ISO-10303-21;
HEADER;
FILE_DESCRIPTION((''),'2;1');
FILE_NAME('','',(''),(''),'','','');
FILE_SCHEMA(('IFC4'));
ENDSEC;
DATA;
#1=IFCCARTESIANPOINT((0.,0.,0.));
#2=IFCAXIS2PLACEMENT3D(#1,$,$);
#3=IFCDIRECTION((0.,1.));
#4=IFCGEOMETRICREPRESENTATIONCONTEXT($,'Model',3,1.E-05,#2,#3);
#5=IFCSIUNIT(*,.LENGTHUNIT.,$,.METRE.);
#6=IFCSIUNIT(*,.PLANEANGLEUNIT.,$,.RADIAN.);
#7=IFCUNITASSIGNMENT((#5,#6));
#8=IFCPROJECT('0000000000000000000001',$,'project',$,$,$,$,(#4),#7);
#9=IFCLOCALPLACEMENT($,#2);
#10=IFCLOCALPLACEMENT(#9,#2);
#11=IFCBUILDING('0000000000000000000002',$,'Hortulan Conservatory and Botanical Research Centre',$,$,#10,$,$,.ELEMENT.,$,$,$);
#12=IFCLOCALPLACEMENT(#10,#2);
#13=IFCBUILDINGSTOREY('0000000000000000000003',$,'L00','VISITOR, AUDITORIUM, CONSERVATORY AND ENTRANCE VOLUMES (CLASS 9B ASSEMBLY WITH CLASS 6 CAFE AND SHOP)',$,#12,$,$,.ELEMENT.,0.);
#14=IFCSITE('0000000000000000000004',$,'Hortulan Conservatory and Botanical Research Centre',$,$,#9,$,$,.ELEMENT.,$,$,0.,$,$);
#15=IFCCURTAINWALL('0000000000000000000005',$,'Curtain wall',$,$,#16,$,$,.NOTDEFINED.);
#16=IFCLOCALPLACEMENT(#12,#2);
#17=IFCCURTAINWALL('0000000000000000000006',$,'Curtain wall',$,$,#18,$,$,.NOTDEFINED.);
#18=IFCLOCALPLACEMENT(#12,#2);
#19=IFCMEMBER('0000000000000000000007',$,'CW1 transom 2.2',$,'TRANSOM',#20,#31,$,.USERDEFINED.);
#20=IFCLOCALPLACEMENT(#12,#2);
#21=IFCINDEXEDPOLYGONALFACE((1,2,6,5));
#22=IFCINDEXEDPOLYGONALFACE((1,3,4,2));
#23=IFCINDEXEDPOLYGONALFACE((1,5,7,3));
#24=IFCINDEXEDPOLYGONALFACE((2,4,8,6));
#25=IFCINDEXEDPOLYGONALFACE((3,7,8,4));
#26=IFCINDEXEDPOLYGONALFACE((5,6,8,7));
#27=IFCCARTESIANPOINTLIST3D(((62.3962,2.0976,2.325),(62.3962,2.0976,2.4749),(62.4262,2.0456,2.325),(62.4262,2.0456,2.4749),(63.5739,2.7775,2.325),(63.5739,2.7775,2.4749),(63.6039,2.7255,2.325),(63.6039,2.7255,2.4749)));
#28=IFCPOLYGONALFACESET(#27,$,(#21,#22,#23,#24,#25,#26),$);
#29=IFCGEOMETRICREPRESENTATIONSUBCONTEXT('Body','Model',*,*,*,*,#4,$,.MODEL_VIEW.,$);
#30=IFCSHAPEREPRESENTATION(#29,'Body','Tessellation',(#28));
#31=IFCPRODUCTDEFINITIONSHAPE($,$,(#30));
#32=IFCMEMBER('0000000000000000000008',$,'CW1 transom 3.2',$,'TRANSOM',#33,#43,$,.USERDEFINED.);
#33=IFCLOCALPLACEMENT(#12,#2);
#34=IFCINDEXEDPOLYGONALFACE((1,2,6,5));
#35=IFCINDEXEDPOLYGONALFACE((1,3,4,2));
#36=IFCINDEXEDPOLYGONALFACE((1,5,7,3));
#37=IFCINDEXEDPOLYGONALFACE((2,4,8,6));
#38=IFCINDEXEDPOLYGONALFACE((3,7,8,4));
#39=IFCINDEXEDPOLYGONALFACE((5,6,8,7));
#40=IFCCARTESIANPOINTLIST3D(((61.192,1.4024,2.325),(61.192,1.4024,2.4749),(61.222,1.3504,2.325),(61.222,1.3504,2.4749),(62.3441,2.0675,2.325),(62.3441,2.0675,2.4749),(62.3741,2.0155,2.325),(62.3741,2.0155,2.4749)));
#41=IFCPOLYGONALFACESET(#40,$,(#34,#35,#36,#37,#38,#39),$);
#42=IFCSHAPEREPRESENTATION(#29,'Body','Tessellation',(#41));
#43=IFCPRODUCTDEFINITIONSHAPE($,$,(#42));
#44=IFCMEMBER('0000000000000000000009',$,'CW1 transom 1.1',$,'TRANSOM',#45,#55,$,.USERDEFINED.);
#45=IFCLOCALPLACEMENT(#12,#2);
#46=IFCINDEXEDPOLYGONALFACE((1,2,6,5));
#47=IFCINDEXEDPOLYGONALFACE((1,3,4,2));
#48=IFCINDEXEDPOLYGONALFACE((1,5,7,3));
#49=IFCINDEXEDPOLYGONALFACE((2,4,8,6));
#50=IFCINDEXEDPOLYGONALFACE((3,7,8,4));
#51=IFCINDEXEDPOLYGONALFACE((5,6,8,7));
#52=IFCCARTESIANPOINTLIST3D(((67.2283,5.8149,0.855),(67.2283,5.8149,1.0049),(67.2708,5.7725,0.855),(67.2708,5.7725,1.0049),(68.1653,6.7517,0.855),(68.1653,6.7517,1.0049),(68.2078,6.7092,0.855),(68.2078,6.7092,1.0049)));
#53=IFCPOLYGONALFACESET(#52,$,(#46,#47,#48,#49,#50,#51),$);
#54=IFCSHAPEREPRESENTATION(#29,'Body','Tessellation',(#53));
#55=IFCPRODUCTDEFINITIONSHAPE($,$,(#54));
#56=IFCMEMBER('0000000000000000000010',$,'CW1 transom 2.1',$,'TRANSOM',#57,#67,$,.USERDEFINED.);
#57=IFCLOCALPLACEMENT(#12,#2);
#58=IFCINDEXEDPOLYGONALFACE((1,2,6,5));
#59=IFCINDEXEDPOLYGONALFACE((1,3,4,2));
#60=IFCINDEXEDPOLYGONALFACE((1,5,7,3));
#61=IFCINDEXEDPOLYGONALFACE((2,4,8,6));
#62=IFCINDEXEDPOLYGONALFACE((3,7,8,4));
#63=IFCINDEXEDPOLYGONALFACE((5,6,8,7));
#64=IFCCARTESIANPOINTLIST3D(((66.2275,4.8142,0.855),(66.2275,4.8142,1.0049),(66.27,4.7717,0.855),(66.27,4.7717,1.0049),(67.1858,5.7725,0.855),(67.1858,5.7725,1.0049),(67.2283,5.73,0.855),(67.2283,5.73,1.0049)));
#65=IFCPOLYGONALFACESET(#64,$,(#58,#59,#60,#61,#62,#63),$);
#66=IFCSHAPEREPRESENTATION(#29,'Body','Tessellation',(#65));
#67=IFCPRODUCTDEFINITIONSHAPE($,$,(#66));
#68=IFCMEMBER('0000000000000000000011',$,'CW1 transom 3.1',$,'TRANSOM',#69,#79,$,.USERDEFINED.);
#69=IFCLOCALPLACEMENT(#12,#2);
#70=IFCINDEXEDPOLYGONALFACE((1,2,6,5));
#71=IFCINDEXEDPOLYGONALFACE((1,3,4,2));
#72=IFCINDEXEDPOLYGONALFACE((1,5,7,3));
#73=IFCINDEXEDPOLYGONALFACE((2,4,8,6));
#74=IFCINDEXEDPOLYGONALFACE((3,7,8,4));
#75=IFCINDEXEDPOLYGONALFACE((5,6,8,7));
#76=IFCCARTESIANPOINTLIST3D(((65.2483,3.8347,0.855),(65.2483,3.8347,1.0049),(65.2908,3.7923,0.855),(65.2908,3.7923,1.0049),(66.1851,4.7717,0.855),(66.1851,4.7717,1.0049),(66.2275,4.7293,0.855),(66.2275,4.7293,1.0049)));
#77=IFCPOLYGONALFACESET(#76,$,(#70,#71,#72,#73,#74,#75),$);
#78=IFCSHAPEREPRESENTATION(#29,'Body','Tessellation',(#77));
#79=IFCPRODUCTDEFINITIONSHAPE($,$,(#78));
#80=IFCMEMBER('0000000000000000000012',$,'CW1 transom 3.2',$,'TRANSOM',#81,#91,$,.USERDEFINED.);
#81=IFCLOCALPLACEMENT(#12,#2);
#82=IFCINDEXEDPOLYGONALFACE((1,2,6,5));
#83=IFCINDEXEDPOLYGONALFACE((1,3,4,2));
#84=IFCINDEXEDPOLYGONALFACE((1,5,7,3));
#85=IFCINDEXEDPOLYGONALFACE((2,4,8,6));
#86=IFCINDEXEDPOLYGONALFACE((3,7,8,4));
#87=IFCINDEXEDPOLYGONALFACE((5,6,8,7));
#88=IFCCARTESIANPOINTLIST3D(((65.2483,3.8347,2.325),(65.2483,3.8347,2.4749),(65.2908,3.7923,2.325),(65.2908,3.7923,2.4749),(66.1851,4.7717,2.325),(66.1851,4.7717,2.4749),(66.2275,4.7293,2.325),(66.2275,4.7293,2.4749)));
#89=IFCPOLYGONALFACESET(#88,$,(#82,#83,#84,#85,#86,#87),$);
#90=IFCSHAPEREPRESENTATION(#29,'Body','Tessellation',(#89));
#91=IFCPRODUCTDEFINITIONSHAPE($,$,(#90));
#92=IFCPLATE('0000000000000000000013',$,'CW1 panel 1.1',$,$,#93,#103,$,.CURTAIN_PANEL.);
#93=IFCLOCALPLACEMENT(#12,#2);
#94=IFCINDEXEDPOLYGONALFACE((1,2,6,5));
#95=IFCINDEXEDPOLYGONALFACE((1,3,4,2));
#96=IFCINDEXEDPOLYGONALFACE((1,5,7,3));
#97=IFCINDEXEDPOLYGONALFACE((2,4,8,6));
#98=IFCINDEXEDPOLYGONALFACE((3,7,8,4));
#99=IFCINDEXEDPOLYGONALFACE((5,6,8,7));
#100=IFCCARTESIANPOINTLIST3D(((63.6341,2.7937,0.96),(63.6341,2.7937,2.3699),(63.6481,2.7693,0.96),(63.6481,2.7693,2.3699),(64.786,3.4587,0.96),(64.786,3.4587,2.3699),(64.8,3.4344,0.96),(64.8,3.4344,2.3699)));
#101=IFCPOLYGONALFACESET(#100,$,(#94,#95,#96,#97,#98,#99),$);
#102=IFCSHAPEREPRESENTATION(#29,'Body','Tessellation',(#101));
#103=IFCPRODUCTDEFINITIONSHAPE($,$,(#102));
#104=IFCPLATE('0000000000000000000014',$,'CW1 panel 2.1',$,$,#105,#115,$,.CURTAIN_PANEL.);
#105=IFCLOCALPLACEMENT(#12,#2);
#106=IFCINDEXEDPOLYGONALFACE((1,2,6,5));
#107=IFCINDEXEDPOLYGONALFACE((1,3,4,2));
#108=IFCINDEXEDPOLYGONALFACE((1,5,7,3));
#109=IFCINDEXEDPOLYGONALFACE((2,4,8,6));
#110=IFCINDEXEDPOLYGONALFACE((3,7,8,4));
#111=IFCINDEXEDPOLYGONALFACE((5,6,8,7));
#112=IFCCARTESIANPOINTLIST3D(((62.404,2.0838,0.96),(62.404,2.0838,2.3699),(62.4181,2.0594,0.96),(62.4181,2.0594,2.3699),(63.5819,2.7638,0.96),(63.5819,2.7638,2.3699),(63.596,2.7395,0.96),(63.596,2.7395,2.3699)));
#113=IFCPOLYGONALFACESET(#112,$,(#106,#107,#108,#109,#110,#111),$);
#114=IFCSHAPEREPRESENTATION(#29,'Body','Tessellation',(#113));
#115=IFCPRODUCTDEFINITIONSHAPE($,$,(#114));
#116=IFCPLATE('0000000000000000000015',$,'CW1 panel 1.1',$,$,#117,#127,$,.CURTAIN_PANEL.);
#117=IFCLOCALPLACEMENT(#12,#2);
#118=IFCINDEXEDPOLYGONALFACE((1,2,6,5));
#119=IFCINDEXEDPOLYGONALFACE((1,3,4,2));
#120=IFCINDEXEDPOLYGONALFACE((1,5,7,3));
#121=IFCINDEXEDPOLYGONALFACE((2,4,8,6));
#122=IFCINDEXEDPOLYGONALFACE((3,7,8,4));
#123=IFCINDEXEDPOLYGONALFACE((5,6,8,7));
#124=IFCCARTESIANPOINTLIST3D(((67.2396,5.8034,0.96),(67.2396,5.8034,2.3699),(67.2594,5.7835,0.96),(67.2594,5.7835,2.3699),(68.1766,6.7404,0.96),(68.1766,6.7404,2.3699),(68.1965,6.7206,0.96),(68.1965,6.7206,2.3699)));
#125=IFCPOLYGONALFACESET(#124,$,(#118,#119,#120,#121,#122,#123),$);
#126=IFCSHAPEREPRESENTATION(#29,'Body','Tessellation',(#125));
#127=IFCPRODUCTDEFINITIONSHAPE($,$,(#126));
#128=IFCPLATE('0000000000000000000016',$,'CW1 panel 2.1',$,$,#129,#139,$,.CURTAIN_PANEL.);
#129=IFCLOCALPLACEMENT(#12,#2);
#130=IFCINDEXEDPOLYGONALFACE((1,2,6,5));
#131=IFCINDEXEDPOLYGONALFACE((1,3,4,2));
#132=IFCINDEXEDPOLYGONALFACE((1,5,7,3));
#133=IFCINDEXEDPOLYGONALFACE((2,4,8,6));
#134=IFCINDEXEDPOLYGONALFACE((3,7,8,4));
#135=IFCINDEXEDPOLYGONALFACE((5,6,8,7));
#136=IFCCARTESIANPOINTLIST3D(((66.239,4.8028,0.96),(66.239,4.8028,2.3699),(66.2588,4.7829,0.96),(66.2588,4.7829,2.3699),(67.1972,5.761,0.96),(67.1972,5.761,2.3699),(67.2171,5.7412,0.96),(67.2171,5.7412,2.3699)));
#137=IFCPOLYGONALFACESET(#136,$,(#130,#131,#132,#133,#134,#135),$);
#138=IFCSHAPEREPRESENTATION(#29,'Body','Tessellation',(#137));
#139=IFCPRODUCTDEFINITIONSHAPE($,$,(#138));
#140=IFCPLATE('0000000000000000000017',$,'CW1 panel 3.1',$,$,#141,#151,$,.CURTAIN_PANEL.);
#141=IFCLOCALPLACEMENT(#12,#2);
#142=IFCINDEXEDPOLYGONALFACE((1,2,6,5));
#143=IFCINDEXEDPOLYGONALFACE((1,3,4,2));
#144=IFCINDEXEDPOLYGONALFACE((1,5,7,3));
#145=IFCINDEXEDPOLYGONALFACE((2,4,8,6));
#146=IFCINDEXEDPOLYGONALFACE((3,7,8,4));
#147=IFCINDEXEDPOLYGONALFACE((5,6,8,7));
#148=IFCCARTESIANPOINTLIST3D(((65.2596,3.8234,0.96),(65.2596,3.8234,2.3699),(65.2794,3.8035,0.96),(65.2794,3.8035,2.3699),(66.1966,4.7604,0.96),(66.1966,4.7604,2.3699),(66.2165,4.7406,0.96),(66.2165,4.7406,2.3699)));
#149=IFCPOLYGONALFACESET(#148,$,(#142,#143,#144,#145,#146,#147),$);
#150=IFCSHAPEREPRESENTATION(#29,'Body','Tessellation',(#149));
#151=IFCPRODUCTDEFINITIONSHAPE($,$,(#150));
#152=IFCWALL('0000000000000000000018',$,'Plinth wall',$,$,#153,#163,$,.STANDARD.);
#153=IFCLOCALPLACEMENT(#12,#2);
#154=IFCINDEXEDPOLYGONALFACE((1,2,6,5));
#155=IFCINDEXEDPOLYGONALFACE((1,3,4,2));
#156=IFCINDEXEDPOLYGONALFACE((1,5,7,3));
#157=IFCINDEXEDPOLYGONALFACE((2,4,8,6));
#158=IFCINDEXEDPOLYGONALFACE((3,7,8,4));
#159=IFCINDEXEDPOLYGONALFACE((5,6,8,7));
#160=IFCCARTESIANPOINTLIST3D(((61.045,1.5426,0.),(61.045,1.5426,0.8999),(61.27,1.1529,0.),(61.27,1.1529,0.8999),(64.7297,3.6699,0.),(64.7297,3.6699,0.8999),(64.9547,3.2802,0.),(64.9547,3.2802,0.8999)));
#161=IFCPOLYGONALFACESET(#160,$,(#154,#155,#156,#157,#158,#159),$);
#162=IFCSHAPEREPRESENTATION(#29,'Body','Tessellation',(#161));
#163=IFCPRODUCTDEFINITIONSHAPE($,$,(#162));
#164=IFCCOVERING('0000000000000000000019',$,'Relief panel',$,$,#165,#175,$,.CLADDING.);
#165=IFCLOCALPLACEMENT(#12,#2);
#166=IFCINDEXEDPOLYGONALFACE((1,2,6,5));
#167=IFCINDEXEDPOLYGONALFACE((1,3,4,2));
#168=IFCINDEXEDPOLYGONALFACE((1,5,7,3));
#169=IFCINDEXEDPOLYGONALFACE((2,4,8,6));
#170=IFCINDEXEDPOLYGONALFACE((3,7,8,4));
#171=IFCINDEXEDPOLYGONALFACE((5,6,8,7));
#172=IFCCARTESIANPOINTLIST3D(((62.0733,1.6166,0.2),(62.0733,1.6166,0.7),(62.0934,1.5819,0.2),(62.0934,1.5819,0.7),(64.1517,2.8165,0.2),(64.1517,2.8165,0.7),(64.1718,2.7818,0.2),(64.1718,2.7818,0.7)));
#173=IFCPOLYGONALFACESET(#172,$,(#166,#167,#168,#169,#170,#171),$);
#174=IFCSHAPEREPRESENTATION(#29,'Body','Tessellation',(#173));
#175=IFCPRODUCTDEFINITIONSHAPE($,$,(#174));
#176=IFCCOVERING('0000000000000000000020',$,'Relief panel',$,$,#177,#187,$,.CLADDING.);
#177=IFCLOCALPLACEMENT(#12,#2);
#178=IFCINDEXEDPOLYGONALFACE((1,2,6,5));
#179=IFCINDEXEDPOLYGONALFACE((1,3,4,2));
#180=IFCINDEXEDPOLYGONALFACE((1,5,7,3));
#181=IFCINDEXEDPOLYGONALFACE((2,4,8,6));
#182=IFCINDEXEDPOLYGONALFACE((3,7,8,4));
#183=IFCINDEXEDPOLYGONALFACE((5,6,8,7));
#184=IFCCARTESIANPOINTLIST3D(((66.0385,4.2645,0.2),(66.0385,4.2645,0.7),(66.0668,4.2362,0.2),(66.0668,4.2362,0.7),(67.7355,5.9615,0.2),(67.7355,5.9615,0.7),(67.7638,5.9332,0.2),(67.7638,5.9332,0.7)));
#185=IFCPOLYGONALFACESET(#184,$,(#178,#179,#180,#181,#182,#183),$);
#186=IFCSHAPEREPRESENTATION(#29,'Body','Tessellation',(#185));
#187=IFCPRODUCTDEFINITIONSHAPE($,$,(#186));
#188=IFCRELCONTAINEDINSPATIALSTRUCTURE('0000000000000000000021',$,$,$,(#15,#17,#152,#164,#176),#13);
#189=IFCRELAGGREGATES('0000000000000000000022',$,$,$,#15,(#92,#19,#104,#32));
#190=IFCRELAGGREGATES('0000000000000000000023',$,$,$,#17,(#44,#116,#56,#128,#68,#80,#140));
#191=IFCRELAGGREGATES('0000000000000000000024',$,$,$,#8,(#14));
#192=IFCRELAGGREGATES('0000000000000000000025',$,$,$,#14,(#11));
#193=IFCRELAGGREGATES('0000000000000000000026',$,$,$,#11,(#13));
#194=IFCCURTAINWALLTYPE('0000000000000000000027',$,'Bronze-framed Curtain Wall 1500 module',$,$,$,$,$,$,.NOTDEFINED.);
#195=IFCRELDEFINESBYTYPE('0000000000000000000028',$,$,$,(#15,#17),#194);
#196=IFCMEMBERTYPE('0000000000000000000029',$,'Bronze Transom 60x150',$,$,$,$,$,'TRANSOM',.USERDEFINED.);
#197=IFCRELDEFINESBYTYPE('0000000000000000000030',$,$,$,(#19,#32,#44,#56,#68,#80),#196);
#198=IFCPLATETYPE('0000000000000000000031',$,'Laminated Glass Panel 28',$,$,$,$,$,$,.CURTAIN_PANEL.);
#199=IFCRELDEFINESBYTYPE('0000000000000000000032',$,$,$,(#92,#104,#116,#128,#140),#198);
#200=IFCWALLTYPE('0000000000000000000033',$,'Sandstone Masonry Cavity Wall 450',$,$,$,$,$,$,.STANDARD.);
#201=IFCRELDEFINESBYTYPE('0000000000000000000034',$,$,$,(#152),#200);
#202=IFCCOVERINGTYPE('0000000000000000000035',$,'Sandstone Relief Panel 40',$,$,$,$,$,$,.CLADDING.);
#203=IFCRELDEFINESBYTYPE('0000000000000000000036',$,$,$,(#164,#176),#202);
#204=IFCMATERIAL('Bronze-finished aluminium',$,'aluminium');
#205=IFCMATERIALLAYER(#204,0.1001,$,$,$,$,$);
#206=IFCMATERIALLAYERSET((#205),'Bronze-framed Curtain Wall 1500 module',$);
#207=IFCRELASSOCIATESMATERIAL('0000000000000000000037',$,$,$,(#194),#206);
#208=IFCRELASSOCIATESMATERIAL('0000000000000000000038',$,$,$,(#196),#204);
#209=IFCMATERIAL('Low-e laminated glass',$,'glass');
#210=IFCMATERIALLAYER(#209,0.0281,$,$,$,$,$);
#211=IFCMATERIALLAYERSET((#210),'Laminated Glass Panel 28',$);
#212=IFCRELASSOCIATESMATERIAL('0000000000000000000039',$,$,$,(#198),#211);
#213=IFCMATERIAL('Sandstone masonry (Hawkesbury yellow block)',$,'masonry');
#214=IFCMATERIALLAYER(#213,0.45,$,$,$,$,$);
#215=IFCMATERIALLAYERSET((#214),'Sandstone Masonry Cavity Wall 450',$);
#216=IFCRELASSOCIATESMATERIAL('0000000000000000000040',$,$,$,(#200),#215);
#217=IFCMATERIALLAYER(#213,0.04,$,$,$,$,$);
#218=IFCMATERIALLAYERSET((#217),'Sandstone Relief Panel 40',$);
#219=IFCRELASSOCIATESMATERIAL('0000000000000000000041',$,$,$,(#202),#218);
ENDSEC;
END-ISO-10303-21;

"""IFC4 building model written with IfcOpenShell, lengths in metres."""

from ifc_helpers import new_model, si_unit, direction, frame, frame_2d, origin, origin_2d, place, context, subcontext, project, spatial, rectangle, extrude, material, layer, layer_set, material_profile, profile_set, type_object, element, aggregate, save


model = new_model("IFC4")

# Units and contexts
model_context = context("Model", 3, precision=1e-05, world=origin(), true_north=direction((0.0, 1.0)))
body_context = subcontext(model_context, "Body", "Model", "MODEL_VIEW")
ifc_project = project(units=[si_unit("LENGTHUNIT", "METRE"), si_unit("PLANEANGLEUNIT", "RADIAN")], contexts=[model_context])

# Site, building, storey
site_placement = place(None, origin())
site = spatial("IfcSite", under=ifc_project, at=site_placement, Name="Hortulan Conservatory and Botanical Research Centre", CompositionType="ELEMENT", RefElevation=0.0)
building_placement = place(site_placement, origin())
building = spatial("IfcBuilding", under=site, at=building_placement, Name="Hortulan Conservatory and Botanical Research Centre", CompositionType="ELEMENT")
storey_placement = place(building_placement, origin())
storey = spatial("IfcBuildingStorey", under=building, at=storey_placement, Name="L00", Description="VISITOR, AUDITORIUM, CONSERVATORY AND ENTRANCE VOLUMES (CLASS 9B ASSEMBLY WITH CLASS 6 CAFE AND SHOP)", CompositionType="ELEMENT", Elevation=0.0)

# Curtain walls
ifc_material_1 = material(Name="Bronze-finished aluminium", Category="aluminium")
ifc_layer_1 = layer(ifc_material_1, 0.1001)
ifc_layer_set_1 = layer_set([ifc_layer_1], Name="Bronze-framed Curtain Wall 1500 module")
curtain_wall_type = type_object("IfcCurtainWallType", Name="Bronze-framed Curtain Wall 1500 module", PredefinedType="NOTDEFINED", material=ifc_layer_set_1)
curtain_wall_1_placement = place(storey_placement, origin())
curtain_wall_1 = element("IfcCurtainWall", 1, at=curtain_wall_1_placement, inside=storey, type_object=curtain_wall_type, Name="Curtain wall", PredefinedType="NOTDEFINED")
curtain_wall_2_placement = place(storey_placement, origin())
curtain_wall_2 = element("IfcCurtainWall", 2, at=curtain_wall_2_placement, inside=storey, type_object=curtain_wall_type, Name="Curtain wall", PredefinedType="NOTDEFINED")

# Members
ifc_material_profile_1 = material_profile(ifc_material_1, rectangle(XDim=0.0601, YDim=0.1499, at=origin_2d()), Name="Bronze Transom 60x150")
ifc_profile_set_1 = profile_set([ifc_material_profile_1], Name="Bronze-finished aluminium")
member_type_1 = type_object("IfcMemberType", Name="Bronze Transom 60x150", ElementType="TRANSOM", PredefinedType="USERDEFINED", material=ifc_profile_set_1)
member_1_placement = place(storey_placement, frame((63.5889, 2.7515, 2.3999), z_axis=(-0.866036, -0.499981, 0.0), x_axis=(0.499981, -0.866036, 0.0)))
member_1 = element("IfcMember", 3, at=member_1_placement, type_object=member_type_1, Name="CW1 transom 2.2", ObjectType="TRANSOM", PredefinedType="USERDEFINED", context=body_context, shape_type="SweptSolid", body=[
    extrude(rectangle(XDim=0.0601, YDim=0.1499, at=origin_2d()), origin(), (0.0, 0.0, 1.0), 1.3599),
])
member_2_placement = place(storey_placement, frame((62.3591, 2.0415, 2.3999), z_axis=(-0.866066, -0.499929, 0.0), x_axis=(0.499929, -0.866066, 0.0)))
member_2 = element("IfcMember", 4, at=member_2_placement, type_object=member_type_1, Name="CW1 transom 3.2", ObjectType="TRANSOM", PredefinedType="USERDEFINED", context=body_context, shape_type="SweptSolid", body=[
    extrude(rectangle(XDim=0.0601, YDim=0.1499, at=origin_2d()), origin(), (0.0, 0.0, 1.0), 1.3303),
])
member_3_placement = place(storey_placement, frame((68.1865, 6.7305, 0.9299), z_axis=(-0.707199, -0.707015, 0.0), x_axis=(0.707015, -0.707199, 0.0)))
member_3 = element("IfcMember", 5, at=member_3_placement, type_object=member_type_1, Name="CW1 transom 1.1", ObjectType="TRANSOM", PredefinedType="USERDEFINED", context=body_context, shape_type="SweptSolid", body=[
    extrude(rectangle(XDim=0.0601, YDim=0.1499, at=origin_2d()), origin(), (0.0, 0.0, 1.0), 1.325),
])
member_4_placement = place(storey_placement, frame((67.207, 5.7512, 0.9299), z_axis=(-0.707107, -0.707107, 0.0), x_axis=(0.707107, -0.707107, 0.0)))
member_4 = element("IfcMember", 6, at=member_4_placement, type_object=member_type_1, Name="CW1 transom 2.1", ObjectType="TRANSOM", PredefinedType="USERDEFINED", context=body_context, shape_type="SweptSolid", body=[
    extrude(rectangle(XDim=0.0601, YDim=0.1499, at=origin_2d()), origin(), (0.0, 0.0, 1.0), 1.3552),
])
member_5_placement = place(storey_placement, frame((66.2063, 4.7505, 0.9299), z_axis=(-0.707015, -0.707199, 0.0), x_axis=(0.707199, -0.707015, 0.0)))
member_5 = element("IfcMember", 7, at=member_5_placement, type_object=member_type_1, Name="CW1 transom 3.1", ObjectType="TRANSOM", PredefinedType="USERDEFINED", context=body_context, shape_type="SweptSolid", body=[
    extrude(rectangle(XDim=0.0601, YDim=0.1499, at=origin_2d()), origin(), (0.0, 0.0, 1.0), 1.325),
])
member_6_placement = place(storey_placement, frame((66.2063, 4.7505, 2.3999), z_axis=(-0.707015, -0.707199, 0.0), x_axis=(0.707199, -0.707015, 0.0)))
member_6 = element("IfcMember", 8, at=member_6_placement, type_object=member_type_1, Name="CW1 transom 3.2", ObjectType="TRANSOM", PredefinedType="USERDEFINED", context=body_context, shape_type="SweptSolid", body=[
    extrude(rectangle(XDim=0.0601, YDim=0.1499, at=origin_2d()), origin(), (0.0, 0.0, 1.0), 1.325),
])

# Plates
ifc_material_2 = material(Name="Low-e laminated glass", Category="glass")
ifc_layer_2 = layer(ifc_material_2, 0.0281)
ifc_layer_set_2 = layer_set([ifc_layer_2], Name="Laminated Glass Panel 28")
plate_type = type_object("IfcPlateType", Name="Laminated Glass Panel 28", PredefinedType="CURTAIN_PANEL", material=ifc_layer_set_2)
plate_1_placement = place(storey_placement, frame((64.217, 3.114, 0.96), z_axis=(0.0, 0.0, 1.0), x_axis=(-0.866036, -0.499981, 0.0)))
plate_1 = element("IfcPlate", 9, at=plate_1_placement, type_object=plate_type, Name="CW1 panel 1.1", PredefinedType="CURTAIN_PANEL", context=body_context, shape_type="SweptSolid", body=[
    extrude(rectangle(XDim=1.3301, YDim=0.0281, at=origin_2d()), origin(), (0.0, 0.0, 1.0), 1.4099),
])
plate_2_placement = place(storey_placement, frame((63.0, 2.4116, 0.96), z_axis=(0.0, 0.0, 1.0), x_axis=(-0.866036, -0.499981, 0.0)))
plate_2 = element("IfcPlate", 10, at=plate_2_placement, type_object=plate_type, Name="CW1 panel 2.1", PredefinedType="CURTAIN_PANEL", context=body_context, shape_type="SweptSolid", body=[
    extrude(rectangle(XDim=1.3601, YDim=0.0281, at=origin_2d()), origin(), (0.0, 0.0, 1.0), 1.4099),
])
aggregate(curtain_wall_1, [plate_1, member_1, plate_2, member_2])
plate_3_placement = place(storey_placement, frame((67.718, 6.262, 0.96), z_axis=(0.0, 0.0, 1.0), x_axis=(-0.707107, -0.707107, 0.0)))
plate_3 = element("IfcPlate", 11, at=plate_3_placement, type_object=plate_type, Name="CW1 panel 1.1", PredefinedType="CURTAIN_PANEL", context=body_context, shape_type="SweptSolid", body=[
    extrude(rectangle(XDim=1.3252, YDim=0.0281, at=origin_2d()), origin(), (0.0, 0.0, 1.0), 1.4099),
])
plate_4_placement = place(storey_placement, frame((66.728, 5.272, 0.96), z_axis=(0.0, 0.0, 1.0), x_axis=(-0.707107, -0.707107, 0.0)))
plate_4 = element("IfcPlate", 12, at=plate_4_placement, type_object=plate_type, Name="CW1 panel 2.1", PredefinedType="CURTAIN_PANEL", context=body_context, shape_type="SweptSolid", body=[
    extrude(rectangle(XDim=1.3552, YDim=0.0281, at=origin_2d()), origin(), (0.0, 0.0, 1.0), 1.4099),
])
plate_5_placement = place(storey_placement, frame((65.738, 4.282, 0.96), z_axis=(0.0, 0.0, 1.0), x_axis=(-0.707107, -0.707107, 0.0)))
plate_5 = element("IfcPlate", 13, at=plate_5_placement, type_object=plate_type, Name="CW1 panel 3.1", PredefinedType="CURTAIN_PANEL", context=body_context, shape_type="SweptSolid", body=[
    extrude(rectangle(XDim=1.3252, YDim=0.0281, at=origin_2d()), origin(), (0.0, 0.0, 1.0), 1.4099),
])
aggregate(curtain_wall_2, [member_3, plate_3, member_4, plate_4, member_5, member_6, plate_5])

# Wall
ifc_material_3 = material(Name="Sandstone masonry (Hawkesbury yellow block)", Category="masonry")
ifc_layer_3 = layer(ifc_material_3, 0.45)
ifc_layer_set_3 = layer_set([ifc_layer_3], Name="Sandstone Masonry Cavity Wall 450")
wall_type = type_object("IfcWallType", Name="Sandstone Masonry Cavity Wall 450", PredefinedType="STANDARD", material=ifc_layer_set_3)
wall_placement = place(storey_placement, frame((64.8423, 3.4751, 0.0), z_axis=(0.0, 0.0, 1.0), x_axis=(-0.866035, -0.499984, 0.0)))
element("IfcWall", 14, at=wall_placement, inside=storey, type_object=wall_type, Name="Plinth wall", PredefinedType="STANDARD", context=body_context, shape_type="SweptSolid", body=[
    extrude(rectangle(XDim=4.2546, YDim=0.45, at=frame_2d((2.1274, 0.0))), origin(), (0.0, 0.0, 1.0), 0.8999),
])

# Coverings
ifc_layer_4 = layer(ifc_material_3, 0.04)
ifc_layer_set_4 = layer_set([ifc_layer_4], Name="Sandstone Relief Panel 40")
covering_type = type_object("IfcCoveringType", Name="Sandstone Relief Panel 40", PredefinedType="CLADDING", material=ifc_layer_set_4)
for number, where, z_axis, x_axis, name in (
    (15, (63.1226, 2.1992, 0.2), (0.0, 0.0, 1.0), (-0.866036, -0.499982, 0.0), "Relief panel"),
    (16, (66.9011, 5.0989, 0.2), (0.0, 0.0, 1.0), (-0.707107, -0.707107, 0.0), "Relief panel"),
):
    element("IfcCovering", number, at=place(storey_placement, frame(where, z_axis=z_axis, x_axis=x_axis)), inside=storey, type_object=covering_type, Name=name, PredefinedType="CLADDING", context=body_context, shape_type="SweptSolid", body=[
        extrude(rectangle(XDim=2.3999, YDim=0.04, at=origin_2d()), origin(), (0.0, 0.0, 1.0), 0.5),
    ])

save(model, "model.ifc")
